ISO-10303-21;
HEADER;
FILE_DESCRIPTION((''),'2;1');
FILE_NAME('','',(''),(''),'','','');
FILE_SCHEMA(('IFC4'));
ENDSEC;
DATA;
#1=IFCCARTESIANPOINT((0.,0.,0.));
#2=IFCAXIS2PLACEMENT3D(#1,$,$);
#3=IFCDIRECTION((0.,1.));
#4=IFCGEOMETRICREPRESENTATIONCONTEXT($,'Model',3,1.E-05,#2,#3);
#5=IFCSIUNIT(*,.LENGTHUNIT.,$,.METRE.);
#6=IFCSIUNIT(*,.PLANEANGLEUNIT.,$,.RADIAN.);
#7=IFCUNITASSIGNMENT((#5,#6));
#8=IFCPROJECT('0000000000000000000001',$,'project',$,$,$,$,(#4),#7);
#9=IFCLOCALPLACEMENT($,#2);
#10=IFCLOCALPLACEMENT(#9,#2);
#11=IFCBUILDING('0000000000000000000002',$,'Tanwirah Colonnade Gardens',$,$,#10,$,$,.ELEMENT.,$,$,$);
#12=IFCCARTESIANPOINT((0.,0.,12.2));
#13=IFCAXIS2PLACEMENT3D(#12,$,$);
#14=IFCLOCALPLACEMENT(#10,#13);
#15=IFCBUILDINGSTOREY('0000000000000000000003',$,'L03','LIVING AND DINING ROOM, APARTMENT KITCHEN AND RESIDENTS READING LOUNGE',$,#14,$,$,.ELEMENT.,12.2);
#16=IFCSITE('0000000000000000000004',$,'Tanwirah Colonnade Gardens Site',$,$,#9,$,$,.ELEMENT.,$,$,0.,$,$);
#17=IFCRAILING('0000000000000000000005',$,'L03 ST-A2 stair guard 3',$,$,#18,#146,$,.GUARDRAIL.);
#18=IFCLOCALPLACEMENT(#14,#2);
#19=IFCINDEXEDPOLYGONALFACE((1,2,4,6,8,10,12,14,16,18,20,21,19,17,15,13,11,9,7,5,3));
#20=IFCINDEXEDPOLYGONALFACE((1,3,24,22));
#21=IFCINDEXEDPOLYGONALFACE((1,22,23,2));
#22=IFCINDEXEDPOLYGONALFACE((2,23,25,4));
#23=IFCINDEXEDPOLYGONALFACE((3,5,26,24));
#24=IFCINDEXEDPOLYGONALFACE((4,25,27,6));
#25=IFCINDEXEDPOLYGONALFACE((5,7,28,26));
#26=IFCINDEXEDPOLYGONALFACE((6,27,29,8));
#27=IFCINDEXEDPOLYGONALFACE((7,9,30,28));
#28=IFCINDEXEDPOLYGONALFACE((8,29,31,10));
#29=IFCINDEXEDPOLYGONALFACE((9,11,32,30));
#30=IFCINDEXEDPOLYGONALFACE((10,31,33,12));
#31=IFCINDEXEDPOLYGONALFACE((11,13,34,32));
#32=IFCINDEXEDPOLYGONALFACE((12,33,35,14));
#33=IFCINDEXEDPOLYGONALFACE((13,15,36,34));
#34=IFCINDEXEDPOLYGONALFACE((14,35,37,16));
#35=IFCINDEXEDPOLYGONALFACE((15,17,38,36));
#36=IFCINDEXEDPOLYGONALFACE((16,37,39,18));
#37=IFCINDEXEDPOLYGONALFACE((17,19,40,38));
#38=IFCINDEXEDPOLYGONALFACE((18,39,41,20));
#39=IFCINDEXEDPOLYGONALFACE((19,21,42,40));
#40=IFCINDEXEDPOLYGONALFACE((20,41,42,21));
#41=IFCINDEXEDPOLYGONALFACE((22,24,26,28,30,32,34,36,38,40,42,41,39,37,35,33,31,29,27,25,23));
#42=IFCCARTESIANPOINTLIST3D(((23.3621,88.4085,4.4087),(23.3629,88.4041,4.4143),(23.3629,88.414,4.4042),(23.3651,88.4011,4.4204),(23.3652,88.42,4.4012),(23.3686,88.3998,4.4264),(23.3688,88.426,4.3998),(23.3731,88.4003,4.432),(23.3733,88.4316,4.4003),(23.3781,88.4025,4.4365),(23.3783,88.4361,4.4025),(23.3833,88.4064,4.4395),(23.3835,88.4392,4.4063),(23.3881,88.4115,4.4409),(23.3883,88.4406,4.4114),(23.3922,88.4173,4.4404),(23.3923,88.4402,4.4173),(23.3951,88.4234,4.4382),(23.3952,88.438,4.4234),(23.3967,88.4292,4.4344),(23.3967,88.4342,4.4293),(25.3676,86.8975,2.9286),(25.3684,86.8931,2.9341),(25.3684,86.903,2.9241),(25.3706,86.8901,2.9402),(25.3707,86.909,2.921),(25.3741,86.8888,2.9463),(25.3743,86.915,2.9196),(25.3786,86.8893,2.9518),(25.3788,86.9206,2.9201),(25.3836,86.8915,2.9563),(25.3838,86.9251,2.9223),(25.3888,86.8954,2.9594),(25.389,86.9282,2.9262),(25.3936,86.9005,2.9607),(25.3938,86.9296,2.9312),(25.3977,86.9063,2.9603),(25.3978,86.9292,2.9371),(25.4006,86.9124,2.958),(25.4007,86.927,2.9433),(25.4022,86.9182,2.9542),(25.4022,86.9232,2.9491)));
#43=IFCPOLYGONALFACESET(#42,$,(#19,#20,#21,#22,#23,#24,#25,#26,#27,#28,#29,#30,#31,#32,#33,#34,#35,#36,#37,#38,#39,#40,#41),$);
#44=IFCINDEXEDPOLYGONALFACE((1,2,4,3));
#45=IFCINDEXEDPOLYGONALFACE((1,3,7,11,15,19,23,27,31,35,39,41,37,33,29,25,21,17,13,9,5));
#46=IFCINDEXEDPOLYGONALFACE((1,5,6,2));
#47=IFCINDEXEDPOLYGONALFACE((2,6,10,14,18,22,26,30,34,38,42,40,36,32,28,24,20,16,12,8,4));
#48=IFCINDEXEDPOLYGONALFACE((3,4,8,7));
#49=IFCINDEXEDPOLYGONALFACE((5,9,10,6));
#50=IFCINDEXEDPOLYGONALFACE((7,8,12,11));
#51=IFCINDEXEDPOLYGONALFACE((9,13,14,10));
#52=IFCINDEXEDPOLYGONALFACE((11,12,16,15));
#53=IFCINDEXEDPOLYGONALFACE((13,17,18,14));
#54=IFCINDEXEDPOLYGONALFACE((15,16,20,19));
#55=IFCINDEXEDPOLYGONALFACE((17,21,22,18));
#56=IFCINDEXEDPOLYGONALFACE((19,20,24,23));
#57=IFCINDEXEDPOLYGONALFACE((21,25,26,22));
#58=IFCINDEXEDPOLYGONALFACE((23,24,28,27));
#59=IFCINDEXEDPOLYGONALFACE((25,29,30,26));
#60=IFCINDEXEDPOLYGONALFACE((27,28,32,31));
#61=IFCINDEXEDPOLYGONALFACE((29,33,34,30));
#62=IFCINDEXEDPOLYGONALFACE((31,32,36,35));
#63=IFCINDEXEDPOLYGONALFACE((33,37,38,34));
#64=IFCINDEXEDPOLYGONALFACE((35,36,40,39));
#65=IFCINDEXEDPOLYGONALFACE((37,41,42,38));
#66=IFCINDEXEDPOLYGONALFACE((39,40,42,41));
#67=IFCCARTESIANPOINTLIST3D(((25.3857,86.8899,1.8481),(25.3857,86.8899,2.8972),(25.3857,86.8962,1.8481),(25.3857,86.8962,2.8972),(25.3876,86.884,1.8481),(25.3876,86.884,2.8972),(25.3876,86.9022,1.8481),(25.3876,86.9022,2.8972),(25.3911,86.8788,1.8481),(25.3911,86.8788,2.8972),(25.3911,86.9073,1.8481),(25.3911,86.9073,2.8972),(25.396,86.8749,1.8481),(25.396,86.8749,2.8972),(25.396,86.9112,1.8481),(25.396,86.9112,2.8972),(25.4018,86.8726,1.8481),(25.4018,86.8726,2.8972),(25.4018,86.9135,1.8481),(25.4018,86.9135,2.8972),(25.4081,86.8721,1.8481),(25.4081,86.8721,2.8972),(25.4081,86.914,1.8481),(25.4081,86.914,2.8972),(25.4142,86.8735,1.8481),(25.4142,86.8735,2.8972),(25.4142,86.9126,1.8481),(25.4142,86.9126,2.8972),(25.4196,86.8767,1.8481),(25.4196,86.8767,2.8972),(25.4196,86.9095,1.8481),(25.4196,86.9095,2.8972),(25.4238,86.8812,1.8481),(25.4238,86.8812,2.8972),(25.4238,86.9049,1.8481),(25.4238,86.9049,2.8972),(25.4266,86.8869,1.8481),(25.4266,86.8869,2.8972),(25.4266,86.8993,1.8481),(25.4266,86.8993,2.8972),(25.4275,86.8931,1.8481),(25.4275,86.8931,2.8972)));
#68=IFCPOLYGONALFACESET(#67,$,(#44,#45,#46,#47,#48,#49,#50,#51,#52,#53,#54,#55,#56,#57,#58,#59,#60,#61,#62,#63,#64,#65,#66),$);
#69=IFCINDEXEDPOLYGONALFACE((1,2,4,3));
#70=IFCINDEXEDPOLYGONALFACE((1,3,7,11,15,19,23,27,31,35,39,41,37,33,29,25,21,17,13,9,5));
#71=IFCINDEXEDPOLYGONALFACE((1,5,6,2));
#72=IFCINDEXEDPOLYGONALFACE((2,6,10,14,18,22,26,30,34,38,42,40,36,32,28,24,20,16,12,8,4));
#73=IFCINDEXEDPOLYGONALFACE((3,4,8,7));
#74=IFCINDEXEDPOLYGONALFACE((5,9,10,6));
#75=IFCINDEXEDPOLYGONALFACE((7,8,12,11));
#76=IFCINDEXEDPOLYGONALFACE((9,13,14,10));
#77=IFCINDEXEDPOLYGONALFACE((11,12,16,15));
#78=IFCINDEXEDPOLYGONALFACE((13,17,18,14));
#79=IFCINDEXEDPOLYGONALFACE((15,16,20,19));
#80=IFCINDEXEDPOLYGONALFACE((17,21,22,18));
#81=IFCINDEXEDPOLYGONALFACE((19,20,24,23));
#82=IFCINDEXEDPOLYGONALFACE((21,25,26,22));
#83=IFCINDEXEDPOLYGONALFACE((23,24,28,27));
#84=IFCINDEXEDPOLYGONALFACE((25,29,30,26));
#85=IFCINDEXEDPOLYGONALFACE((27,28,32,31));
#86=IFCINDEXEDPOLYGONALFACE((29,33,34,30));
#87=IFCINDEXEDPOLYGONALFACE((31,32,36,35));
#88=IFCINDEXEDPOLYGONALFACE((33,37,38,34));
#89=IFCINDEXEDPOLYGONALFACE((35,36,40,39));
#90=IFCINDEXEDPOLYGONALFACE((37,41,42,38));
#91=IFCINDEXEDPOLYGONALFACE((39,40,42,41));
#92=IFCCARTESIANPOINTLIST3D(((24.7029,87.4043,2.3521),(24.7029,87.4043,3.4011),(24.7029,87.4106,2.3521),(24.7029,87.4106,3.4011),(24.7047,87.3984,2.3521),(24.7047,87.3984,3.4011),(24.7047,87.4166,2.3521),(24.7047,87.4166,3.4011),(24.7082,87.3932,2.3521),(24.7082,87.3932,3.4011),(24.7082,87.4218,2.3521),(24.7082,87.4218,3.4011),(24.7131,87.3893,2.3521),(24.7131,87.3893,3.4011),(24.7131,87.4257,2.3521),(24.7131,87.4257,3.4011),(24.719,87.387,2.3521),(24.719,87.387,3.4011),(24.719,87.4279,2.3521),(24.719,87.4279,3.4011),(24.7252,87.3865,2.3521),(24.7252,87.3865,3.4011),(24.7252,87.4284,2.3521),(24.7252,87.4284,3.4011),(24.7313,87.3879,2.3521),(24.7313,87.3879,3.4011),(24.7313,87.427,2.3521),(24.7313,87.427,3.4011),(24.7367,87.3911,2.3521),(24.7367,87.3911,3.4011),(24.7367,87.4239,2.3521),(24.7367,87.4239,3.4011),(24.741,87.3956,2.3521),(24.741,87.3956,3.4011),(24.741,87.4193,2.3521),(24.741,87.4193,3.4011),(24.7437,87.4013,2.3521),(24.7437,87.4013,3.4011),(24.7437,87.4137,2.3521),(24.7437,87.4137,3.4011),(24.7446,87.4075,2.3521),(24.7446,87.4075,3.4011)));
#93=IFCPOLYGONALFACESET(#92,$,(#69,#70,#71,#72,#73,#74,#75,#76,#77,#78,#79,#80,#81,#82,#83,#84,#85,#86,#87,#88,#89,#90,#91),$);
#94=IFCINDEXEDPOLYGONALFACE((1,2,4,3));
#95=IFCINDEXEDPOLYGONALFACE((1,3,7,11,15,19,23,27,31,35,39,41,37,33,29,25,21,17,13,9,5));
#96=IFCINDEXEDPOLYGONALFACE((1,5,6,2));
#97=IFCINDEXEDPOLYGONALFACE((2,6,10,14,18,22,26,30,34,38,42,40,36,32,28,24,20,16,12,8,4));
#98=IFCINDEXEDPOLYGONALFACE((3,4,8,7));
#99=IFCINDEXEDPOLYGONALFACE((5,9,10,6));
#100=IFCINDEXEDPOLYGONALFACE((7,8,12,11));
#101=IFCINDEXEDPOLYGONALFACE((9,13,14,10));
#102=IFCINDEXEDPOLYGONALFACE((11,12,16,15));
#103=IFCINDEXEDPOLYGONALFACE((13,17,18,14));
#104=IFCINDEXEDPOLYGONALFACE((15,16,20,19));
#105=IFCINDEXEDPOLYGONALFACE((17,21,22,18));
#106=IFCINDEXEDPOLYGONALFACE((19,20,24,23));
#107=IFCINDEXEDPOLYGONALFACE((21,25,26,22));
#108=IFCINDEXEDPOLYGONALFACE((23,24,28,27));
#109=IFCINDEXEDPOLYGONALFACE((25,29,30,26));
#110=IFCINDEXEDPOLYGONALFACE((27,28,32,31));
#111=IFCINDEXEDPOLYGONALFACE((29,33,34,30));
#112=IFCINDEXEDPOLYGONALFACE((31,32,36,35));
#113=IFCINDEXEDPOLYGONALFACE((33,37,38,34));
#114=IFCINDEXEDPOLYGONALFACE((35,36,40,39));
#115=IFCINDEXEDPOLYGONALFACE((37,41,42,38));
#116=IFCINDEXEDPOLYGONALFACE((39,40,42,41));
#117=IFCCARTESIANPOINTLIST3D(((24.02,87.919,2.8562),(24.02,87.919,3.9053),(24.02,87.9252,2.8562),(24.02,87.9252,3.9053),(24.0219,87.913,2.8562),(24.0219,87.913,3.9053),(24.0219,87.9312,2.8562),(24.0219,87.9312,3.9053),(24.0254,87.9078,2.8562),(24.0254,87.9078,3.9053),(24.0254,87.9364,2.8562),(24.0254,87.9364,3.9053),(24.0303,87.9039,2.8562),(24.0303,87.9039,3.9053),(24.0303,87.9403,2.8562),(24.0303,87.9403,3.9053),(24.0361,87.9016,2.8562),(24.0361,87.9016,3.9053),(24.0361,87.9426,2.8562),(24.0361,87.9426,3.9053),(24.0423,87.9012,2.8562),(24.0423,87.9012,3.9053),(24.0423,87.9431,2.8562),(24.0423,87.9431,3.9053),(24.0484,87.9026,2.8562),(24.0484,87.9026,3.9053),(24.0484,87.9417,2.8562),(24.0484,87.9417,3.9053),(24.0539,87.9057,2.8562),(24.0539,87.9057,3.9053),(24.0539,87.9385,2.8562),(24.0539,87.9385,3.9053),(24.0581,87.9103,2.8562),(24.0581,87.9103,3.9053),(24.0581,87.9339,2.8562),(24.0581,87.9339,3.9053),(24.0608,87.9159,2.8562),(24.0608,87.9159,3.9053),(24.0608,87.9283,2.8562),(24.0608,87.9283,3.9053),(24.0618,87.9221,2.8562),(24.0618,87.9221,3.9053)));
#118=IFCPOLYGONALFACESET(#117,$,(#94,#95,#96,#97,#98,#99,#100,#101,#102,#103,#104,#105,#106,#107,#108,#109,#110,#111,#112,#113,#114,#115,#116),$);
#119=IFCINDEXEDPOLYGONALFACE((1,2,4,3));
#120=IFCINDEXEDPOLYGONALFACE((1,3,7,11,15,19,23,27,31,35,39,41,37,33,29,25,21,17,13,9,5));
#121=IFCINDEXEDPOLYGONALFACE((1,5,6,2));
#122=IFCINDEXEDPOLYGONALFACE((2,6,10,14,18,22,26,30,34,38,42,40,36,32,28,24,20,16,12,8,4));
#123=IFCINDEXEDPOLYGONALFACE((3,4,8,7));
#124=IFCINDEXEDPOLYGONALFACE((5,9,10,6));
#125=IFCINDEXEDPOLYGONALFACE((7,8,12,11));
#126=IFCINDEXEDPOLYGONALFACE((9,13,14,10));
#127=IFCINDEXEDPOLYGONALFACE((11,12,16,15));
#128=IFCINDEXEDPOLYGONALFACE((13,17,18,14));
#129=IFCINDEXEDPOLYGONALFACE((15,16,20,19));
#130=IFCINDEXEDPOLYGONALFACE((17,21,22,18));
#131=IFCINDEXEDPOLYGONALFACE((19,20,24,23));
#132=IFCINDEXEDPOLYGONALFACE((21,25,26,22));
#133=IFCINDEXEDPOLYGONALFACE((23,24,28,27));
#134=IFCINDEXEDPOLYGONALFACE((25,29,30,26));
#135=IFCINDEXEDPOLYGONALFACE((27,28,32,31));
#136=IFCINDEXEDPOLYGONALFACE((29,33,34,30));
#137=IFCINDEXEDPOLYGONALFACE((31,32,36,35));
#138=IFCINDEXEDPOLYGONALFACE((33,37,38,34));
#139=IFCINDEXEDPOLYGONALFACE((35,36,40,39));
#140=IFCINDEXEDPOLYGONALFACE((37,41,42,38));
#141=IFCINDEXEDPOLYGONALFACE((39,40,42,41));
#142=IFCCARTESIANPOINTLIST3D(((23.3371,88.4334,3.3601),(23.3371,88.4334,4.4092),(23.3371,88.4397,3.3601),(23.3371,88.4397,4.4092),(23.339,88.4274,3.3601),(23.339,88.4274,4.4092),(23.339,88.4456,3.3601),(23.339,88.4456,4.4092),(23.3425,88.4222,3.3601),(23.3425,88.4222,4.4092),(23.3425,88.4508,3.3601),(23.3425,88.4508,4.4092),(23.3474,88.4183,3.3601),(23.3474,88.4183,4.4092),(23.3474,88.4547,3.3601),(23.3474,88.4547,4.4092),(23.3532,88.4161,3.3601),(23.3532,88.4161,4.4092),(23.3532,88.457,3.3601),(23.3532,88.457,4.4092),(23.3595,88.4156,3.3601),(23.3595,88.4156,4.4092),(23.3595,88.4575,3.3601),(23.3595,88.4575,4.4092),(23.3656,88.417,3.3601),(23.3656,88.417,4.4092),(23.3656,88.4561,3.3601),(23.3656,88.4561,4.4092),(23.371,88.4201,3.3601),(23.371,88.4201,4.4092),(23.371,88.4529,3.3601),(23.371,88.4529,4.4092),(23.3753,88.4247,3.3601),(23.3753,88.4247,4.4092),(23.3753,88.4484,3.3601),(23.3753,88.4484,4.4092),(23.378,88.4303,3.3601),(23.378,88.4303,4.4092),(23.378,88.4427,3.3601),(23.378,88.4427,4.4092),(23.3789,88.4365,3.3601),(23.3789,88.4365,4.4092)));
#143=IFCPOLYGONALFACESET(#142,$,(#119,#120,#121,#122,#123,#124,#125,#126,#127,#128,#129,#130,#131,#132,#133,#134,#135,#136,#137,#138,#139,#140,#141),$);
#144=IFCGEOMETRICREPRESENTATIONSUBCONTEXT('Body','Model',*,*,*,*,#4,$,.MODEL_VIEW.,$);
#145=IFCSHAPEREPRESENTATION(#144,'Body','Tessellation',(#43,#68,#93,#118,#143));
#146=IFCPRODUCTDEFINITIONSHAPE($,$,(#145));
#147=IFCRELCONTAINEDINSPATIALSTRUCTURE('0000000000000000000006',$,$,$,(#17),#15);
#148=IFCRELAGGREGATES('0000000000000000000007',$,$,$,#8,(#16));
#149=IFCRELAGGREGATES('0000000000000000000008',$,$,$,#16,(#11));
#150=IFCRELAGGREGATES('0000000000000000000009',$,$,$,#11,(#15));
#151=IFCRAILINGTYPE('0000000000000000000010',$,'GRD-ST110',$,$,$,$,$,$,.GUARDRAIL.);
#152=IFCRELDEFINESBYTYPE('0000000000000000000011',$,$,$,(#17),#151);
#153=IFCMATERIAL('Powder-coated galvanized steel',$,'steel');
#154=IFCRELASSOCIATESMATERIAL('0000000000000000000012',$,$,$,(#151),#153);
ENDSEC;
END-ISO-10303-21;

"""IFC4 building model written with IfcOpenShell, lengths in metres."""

from ifc_helpers import new_model, si_unit, direction, frame, origin, origin_2d, place, context, subcontext, project, spatial, circle, extrude, material, type_object, element, save


model = new_model("IFC4")

# Units and contexts
model_context = context("Model", 3, precision=1e-05, world=origin(), true_north=direction((0.0, 1.0)))
body_context = subcontext(model_context, "Body", "Model", "MODEL_VIEW")
ifc_project = project(units=[si_unit("LENGTHUNIT", "METRE"), si_unit("PLANEANGLEUNIT", "RADIAN")], contexts=[model_context])

# Site, building, storey
site_placement = place(None, origin())
site = spatial("IfcSite", under=ifc_project, at=site_placement, Name="Tanwirah Colonnade Gardens Site", CompositionType="ELEMENT", RefElevation=0.0)
building_placement = place(site_placement, origin())
building = spatial("IfcBuilding", under=site, at=building_placement, Name="Tanwirah Colonnade Gardens", CompositionType="ELEMENT")
storey_placement = place(building_placement, frame((0.0, 0.0, 12.2)))
storey = spatial("IfcBuildingStorey", under=building, at=storey_placement, Name="L03", Description="LIVING AND DINING ROOM, APARTMENT KITCHEN AND RESIDENTS READING LOUNGE", CompositionType="ELEMENT", Elevation=12.2)

# Railing
ifc_material_1 = material(Name="Powder-coated galvanized steel", Category="steel")
railing_type_1 = type_object("IfcRailingType", Name="GRD-ST110", PredefinedType="GUARDRAIL", material=ifc_material_1)
railing_1_placement = place(storey_placement, frame((25.4065, 86.8931, 1.8481)))
element("IfcRailing", 1, at=railing_1_placement, inside=storey, type_object=railing_type_1, Name="L03 ST-A2 stair guard 3", PredefinedType="GUARDRAIL", context=body_context, shape_type="SweptSolid", body=[
    extrude(circle(Radius=0.0239, at=origin_2d()), frame((-0.0215, 0.0161, 1.092), z_axis=(-0.688042, 0.518389, 0.507811), x_axis=(-0.60175, -0.798685, 0.0)), (0.0, 0.0, 1.0), 2.9148),
    extrude(circle(Radius=0.021, at=origin_2d()), origin(), (0.0, 0.0, 1.0), 1.0491),
    extrude(circle(Radius=0.021, at=origin_2d()), frame((-0.6829, 0.5144, 0.5039)), (0.0, 0.0, 1.0), 1.0491),
    extrude(circle(Radius=0.021, at=origin_2d()), frame((-1.3657, 1.0291, 1.0081)), (0.0, 0.0, 1.0), 1.0491),
    extrude(circle(Radius=0.021, at=origin_2d()), frame((-2.0486, 1.5435, 1.512)), (0.0, 0.0, 1.0), 1.0491),
])

save(model, "model.ifc")
